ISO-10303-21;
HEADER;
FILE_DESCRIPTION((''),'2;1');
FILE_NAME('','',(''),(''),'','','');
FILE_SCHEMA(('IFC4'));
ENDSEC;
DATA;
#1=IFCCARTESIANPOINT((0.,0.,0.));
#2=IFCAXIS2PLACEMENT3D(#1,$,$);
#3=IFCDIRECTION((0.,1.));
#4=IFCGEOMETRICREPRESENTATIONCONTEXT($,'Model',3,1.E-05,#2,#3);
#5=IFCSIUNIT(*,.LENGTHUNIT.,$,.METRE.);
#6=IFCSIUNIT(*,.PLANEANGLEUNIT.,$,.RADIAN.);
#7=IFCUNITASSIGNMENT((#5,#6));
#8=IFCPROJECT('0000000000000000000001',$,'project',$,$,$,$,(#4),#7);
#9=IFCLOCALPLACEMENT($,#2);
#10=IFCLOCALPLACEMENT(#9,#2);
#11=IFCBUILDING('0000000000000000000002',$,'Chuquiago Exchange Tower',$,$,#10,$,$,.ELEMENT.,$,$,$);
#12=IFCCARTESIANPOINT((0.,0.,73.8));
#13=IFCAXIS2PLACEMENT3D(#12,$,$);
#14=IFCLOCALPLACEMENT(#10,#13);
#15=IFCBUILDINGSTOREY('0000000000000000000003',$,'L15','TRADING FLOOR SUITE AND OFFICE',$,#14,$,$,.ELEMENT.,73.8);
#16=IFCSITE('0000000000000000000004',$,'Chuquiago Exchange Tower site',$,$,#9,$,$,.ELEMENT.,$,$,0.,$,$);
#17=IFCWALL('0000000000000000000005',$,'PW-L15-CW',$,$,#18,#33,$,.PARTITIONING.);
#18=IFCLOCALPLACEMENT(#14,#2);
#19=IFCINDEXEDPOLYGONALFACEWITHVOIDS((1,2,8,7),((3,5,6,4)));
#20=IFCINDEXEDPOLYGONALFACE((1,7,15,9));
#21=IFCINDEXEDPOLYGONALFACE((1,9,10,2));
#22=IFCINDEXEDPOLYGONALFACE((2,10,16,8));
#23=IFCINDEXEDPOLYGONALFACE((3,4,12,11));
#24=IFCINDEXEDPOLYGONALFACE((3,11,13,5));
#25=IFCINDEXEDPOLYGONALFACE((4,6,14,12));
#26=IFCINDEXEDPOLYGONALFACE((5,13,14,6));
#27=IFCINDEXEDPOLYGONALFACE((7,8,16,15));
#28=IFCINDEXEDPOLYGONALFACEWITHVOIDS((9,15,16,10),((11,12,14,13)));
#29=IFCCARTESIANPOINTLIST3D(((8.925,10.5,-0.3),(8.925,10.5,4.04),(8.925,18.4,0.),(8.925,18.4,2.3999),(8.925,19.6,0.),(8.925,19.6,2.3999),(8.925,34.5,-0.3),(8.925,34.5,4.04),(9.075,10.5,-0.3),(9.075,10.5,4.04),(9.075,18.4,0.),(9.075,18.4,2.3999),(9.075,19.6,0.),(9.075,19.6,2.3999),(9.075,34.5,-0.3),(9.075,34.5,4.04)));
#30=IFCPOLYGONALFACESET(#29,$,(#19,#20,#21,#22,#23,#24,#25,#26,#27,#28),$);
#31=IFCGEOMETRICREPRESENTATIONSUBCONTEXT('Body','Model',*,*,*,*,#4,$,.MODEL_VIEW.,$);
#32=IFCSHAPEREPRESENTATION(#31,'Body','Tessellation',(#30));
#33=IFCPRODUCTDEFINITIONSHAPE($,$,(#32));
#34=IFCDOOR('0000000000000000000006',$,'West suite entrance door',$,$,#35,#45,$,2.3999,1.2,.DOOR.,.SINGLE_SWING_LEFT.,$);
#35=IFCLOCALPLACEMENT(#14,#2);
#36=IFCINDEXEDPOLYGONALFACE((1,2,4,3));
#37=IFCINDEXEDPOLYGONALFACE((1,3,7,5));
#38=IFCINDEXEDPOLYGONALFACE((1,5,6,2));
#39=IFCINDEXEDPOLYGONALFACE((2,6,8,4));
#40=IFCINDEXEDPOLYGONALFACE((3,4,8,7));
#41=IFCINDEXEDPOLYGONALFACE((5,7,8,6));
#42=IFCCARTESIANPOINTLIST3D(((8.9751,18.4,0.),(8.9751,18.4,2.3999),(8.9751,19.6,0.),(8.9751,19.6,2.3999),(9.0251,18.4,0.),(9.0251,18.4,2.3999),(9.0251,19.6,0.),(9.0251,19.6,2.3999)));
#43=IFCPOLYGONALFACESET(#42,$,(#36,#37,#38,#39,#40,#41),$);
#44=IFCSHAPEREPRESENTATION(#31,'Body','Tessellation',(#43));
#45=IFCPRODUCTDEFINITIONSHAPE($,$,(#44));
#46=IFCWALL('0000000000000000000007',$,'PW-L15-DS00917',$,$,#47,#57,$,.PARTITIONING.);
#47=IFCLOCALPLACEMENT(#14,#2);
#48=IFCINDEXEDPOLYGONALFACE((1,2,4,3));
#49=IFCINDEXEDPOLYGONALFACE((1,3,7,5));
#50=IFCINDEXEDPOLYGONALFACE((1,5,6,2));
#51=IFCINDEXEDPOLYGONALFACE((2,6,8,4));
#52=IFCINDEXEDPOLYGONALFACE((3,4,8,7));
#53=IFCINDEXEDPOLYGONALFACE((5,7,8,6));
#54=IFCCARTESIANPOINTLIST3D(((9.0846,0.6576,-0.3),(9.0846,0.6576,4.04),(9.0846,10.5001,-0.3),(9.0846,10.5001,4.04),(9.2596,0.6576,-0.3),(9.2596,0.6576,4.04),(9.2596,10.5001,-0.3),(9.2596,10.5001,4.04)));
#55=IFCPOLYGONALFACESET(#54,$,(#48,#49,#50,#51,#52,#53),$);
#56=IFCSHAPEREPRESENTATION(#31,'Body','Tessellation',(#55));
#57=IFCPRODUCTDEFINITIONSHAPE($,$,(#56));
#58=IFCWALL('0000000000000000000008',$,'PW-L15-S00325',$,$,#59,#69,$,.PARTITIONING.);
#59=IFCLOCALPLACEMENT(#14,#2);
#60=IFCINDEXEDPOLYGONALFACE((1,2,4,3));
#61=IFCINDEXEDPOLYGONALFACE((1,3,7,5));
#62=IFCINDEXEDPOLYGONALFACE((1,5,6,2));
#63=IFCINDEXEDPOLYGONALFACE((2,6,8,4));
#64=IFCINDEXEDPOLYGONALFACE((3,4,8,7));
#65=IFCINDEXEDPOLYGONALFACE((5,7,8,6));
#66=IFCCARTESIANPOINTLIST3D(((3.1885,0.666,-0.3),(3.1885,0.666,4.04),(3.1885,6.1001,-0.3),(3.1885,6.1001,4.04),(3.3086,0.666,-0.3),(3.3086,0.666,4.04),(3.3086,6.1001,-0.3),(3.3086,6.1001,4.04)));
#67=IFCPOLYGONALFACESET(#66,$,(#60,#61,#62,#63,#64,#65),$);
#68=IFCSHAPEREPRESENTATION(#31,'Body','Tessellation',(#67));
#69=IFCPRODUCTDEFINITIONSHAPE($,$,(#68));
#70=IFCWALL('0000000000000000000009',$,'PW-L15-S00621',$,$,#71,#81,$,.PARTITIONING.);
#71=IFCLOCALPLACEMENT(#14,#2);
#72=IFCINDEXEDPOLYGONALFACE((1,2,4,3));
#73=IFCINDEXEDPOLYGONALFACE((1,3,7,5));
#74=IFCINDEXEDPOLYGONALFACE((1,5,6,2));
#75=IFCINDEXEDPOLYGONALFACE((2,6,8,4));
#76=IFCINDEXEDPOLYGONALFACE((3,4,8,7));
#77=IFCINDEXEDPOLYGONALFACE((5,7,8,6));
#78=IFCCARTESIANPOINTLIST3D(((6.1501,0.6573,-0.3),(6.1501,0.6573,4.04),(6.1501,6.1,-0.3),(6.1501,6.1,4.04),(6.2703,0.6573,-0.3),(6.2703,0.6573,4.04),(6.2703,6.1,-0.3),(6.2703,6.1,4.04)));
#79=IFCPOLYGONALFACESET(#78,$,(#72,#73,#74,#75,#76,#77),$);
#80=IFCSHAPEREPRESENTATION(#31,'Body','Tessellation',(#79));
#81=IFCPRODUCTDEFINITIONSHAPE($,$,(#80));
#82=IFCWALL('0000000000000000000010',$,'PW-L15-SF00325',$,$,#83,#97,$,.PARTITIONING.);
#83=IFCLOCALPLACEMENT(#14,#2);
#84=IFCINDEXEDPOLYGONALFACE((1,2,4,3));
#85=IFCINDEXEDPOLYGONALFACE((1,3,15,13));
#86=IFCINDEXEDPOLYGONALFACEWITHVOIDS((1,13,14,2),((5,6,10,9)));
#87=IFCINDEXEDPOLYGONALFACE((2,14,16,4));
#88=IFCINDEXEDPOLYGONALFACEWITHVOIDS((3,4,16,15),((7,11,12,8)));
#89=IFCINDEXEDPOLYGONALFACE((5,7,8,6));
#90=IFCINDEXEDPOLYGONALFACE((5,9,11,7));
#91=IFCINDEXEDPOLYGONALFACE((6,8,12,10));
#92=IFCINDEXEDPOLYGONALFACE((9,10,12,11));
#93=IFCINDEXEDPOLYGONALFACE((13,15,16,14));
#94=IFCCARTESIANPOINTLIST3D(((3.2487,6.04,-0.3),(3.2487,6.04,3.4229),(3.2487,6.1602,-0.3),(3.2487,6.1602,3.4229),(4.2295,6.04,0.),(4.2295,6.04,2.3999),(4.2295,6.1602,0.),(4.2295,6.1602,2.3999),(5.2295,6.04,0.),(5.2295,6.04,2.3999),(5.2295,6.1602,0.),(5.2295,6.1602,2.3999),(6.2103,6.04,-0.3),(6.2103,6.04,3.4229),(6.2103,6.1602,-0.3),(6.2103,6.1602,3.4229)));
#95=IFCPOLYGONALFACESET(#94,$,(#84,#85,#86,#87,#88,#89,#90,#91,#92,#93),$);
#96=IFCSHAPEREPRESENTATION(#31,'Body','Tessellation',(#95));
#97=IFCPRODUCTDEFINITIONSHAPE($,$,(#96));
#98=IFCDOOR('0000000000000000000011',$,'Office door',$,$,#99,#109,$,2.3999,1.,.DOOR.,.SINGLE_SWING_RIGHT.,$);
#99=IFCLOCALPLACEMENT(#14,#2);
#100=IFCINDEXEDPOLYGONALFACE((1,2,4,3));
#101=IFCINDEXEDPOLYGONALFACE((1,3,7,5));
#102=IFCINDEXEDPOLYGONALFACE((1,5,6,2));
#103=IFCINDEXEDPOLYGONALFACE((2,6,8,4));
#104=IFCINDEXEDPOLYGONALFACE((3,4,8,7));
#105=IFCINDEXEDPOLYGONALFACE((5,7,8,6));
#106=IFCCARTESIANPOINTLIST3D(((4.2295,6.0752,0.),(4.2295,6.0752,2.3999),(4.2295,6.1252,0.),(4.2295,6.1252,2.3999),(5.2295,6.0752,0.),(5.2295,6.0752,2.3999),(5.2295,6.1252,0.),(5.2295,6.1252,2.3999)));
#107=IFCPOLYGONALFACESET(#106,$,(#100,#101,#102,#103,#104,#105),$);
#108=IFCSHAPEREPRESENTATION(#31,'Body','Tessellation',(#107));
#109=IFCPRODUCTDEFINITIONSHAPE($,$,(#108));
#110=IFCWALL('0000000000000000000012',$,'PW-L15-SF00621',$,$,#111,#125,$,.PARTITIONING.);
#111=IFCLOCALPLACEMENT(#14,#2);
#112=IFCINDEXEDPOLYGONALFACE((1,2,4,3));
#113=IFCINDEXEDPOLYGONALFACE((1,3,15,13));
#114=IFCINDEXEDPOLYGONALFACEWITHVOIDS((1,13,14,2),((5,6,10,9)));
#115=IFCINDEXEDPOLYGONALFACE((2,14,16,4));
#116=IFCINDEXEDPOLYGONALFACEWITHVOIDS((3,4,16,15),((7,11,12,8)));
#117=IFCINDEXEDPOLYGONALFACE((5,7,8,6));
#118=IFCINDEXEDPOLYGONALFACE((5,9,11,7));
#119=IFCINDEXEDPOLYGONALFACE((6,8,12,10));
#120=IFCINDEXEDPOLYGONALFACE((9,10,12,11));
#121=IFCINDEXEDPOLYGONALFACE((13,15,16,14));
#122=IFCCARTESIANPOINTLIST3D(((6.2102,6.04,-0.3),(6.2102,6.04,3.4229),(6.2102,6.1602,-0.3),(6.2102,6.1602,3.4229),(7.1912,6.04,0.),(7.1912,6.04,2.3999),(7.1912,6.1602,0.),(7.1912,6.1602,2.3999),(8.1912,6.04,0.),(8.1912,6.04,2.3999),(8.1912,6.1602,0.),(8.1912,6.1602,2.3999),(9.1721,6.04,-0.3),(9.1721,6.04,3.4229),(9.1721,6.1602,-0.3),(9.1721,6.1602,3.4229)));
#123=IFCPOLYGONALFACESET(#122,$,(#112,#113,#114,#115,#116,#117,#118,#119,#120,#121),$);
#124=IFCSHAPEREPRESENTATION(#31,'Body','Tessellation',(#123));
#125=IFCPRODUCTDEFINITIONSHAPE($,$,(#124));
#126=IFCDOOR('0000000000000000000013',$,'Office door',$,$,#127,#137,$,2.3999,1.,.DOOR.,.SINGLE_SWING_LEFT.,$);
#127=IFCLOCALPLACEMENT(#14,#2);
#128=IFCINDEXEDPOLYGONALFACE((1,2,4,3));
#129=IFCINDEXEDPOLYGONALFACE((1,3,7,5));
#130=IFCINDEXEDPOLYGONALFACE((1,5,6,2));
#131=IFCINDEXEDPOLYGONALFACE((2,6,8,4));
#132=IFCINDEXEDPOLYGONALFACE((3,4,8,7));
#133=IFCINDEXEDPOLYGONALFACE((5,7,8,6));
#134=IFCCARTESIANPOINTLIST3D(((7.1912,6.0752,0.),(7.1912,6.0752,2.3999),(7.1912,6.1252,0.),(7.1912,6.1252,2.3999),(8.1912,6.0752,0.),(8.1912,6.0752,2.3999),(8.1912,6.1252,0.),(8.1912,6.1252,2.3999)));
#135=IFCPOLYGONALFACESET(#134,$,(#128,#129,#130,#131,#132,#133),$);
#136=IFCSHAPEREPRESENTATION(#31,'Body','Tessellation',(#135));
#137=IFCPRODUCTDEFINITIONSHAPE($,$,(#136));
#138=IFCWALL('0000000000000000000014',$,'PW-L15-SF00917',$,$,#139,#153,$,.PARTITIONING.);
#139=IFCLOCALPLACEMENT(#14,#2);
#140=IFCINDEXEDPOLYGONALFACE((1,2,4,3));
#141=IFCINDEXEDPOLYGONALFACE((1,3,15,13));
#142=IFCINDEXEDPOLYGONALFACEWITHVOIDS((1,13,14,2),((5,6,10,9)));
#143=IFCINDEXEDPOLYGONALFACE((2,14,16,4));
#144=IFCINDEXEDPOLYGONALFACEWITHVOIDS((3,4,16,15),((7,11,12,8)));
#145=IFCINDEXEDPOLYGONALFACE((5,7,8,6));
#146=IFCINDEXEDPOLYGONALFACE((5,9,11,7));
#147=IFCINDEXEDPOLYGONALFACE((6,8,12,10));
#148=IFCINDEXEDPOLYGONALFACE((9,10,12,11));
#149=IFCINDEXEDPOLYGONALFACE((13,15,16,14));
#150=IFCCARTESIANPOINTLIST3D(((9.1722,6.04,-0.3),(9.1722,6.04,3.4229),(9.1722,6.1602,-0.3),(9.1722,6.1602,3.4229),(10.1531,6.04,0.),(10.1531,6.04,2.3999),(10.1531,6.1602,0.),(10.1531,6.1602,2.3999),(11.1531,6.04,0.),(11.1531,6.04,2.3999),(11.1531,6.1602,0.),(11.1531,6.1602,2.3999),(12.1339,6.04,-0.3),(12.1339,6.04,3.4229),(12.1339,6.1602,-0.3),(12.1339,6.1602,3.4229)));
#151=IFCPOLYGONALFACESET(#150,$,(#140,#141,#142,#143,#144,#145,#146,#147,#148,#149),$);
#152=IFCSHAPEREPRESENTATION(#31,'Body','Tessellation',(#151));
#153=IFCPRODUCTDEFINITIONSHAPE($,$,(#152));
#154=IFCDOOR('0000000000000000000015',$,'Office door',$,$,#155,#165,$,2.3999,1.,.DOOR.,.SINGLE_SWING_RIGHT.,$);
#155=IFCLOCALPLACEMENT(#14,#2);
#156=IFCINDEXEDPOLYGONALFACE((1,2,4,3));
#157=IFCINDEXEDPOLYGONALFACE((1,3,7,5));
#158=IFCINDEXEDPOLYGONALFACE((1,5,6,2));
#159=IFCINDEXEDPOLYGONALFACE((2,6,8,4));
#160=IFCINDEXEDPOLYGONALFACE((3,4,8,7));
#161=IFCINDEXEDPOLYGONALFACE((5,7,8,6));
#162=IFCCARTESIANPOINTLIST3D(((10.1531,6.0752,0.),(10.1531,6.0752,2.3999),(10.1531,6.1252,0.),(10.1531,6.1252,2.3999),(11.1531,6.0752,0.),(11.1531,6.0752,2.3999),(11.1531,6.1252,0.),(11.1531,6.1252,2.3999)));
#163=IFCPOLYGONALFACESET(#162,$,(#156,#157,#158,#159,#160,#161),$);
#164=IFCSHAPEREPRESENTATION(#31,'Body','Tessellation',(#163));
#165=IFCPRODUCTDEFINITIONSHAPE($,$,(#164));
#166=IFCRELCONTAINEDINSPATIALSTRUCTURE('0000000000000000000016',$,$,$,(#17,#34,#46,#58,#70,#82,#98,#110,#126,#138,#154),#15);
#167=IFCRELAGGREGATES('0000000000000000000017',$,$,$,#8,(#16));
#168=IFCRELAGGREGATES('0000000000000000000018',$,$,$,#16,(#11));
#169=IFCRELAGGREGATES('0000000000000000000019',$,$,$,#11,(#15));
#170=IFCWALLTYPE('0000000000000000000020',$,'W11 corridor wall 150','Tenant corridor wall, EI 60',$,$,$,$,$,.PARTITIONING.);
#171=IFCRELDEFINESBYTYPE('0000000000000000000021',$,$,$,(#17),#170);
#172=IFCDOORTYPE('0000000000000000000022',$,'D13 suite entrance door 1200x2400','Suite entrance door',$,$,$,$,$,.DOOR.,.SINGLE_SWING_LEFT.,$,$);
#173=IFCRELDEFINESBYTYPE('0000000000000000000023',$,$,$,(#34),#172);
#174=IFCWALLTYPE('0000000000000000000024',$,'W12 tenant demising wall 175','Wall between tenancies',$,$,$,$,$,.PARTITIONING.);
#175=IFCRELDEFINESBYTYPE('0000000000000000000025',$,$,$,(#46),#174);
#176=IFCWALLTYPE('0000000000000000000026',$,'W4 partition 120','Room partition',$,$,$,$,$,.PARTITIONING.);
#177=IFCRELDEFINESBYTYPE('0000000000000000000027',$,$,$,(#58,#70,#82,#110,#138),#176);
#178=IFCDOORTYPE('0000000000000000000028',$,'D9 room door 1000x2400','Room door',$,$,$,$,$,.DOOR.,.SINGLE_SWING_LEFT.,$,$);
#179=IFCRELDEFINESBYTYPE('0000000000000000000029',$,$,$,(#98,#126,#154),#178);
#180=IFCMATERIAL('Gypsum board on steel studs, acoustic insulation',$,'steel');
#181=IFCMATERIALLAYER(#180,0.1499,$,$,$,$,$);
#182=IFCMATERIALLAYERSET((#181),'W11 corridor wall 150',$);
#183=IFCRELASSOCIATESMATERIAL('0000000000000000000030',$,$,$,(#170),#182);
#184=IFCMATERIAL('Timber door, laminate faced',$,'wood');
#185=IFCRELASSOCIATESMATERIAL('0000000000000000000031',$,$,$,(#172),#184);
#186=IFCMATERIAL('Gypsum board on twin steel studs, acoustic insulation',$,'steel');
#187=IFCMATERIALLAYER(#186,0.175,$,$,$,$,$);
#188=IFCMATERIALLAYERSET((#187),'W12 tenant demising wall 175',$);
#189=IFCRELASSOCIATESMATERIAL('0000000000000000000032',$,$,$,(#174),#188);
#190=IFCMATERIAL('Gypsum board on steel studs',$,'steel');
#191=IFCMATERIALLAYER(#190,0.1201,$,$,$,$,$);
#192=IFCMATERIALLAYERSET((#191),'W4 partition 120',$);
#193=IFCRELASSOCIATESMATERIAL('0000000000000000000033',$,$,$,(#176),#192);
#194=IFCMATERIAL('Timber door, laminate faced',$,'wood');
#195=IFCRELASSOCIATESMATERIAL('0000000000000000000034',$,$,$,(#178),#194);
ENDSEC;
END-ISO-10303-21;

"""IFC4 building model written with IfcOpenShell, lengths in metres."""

from ifc_helpers import new_model, si_unit, direction, frame, frame_2d, origin, place, context, subcontext, project, spatial, rectangle, extrude, material, layer, layer_set, type_object, element, fill, save


model = new_model("IFC4")

# Units and contexts
model_context = context("Model", 3, precision=1e-05, world=origin(), true_north=direction((0.0, 1.0)))
body_context = subcontext(model_context, "Body", "Model", "MODEL_VIEW")
ifc_project = project(units=[si_unit("LENGTHUNIT", "METRE"), si_unit("PLANEANGLEUNIT", "RADIAN")], contexts=[model_context])

# Site, building, storey
site_placement = place(None, origin())
site = spatial("IfcSite", under=ifc_project, at=site_placement, Name="Chuquiago Exchange Tower site", CompositionType="ELEMENT", RefElevation=0.0)
building_placement = place(site_placement, origin())
building = spatial("IfcBuilding", under=site, at=building_placement, Name="Chuquiago Exchange Tower", CompositionType="ELEMENT")
storey_placement = place(building_placement, frame((0.0, 0.0, 73.8)))
storey = spatial("IfcBuildingStorey", under=building, at=storey_placement, Name="L15", Description="TRADING FLOOR SUITE AND OFFICE", CompositionType="ELEMENT", Elevation=73.8)

# Wall, opening, door
ifc_material_1 = material(Name="Gypsum board on steel studs, acoustic insulation", Category="steel")
ifc_layer_1 = layer(ifc_material_1, 0.1499)
ifc_layer_set_1 = layer_set([ifc_layer_1], Name="W11 corridor wall 150")
wall_type_1 = type_object("IfcWallType", Name="W11 corridor wall 150", Description="Tenant corridor wall, EI 60", PredefinedType="PARTITIONING", material=ifc_layer_set_1)
ifc_material_2 = material(Name="Timber door, laminate faced", Category="wood")
door_type_1 = type_object("IfcDoorType", Name="D13 suite entrance door 1200x2400", Description="Suite entrance door", OperationType="SINGLE_SWING_LEFT", PredefinedType="DOOR", material=ifc_material_2)
wall_1_placement = place(storey_placement, frame((9.0, 10.5, -0.3), z_axis=(0.0, 0.0, 1.0), x_axis=(0.0, 1.0, 0.0)))
wall_1 = element("IfcWall", 1, at=wall_1_placement, inside=storey, type_object=wall_type_1, Name="PW-L15-CW", PredefinedType="PARTITIONING", context=body_context, shape_type="SweptSolid", body=[
    extrude(rectangle(XDim=24.0, YDim=0.1499, at=frame_2d((12.0, 0.0))), origin(), (0.0, 0.0, 1.0), 4.3401),
])
opening_1_placement = place(wall_1_placement, frame((7.8999, 0.0, 0.3)))
opening_1 = element("IfcOpeningElement", 2, at=opening_1_placement, cuts=wall_1, PredefinedType="OPENING", context=body_context, shape_type="SweptSolid", body=[
    extrude(rectangle(XDim=1.2, YDim=2.3999, at=frame_2d((0.6001, 1.2))), frame((0.0, 0.085, 0.0), z_axis=(0.0, -1.0, 0.0), x_axis=(1.0, 0.0, 0.0)), (0.0, 0.0, 1.0), 0.1699),
])
door_1_placement = place(opening_1_placement, origin())
door_1 = element("IfcDoor", 3, at=door_1_placement, inside=storey, type_object=door_type_1, Name="West suite entrance door", OperationType="SINGLE_SWING_LEFT", OverallHeight=2.3999, OverallWidth=1.2, PredefinedType="DOOR", context=body_context, shape_type="SweptSolid", body=[
    extrude(rectangle(XDim=1.2, YDim=2.3999, at=frame_2d((0.6001, 1.2))), frame((0.0, 0.0249, 0.0), z_axis=(0.0, -1.0, 0.0), x_axis=(1.0, 0.0, 0.0)), (0.0, 0.0, 1.0), 0.05),
])
fill(opening_1, door_1)

# Walls
ifc_material_3 = material(Name="Gypsum board on twin steel studs, acoustic insulation", Category="steel")
ifc_layer_2 = layer(ifc_material_3, 0.175)
ifc_layer_set_2 = layer_set([ifc_layer_2], Name="W12 tenant demising wall 175")
wall_type_2 = type_object("IfcWallType", Name="W12 tenant demising wall 175", Description="Wall between tenancies", PredefinedType="PARTITIONING", material=ifc_layer_set_2)
wall_2_placement = place(storey_placement, frame((9.1721, 0.6575, -0.3), z_axis=(0.0, 0.0, 1.0), x_axis=(0.0, 1.0, 0.0)))
element("IfcWall", 4, at=wall_2_placement, inside=storey, type_object=wall_type_2, Name="PW-L15-DS00917", PredefinedType="PARTITIONING", context=body_context, shape_type="SweptSolid", body=[
    extrude(rectangle(XDim=9.8425, YDim=0.175, at=frame_2d((4.9214, 0.0))), origin(), (0.0, 0.0, 1.0), 4.3401),
])
ifc_material_4 = material(Name="Gypsum board on steel studs", Category="steel")
ifc_layer_3 = layer(ifc_material_4, 0.1201)
ifc_layer_set_3 = layer_set([ifc_layer_3], Name="W4 partition 120")
wall_type_3 = type_object("IfcWallType", Name="W4 partition 120", Description="Room partition", PredefinedType="PARTITIONING", material=ifc_layer_set_3)
wall_3_placement = place(storey_placement, frame((3.2485, 0.666, -0.3), z_axis=(0.0, 0.0, 1.0), x_axis=(0.0, 1.0, 0.0)))
element("IfcWall", 5, at=wall_3_placement, inside=storey, type_object=wall_type_3, Name="PW-L15-S00325", PredefinedType="PARTITIONING", context=body_context, shape_type="SweptSolid", body=[
    extrude(rectangle(XDim=5.4341, YDim=0.1201, at=frame_2d((2.717, 0.0))), origin(), (0.0, 0.0, 1.0), 4.3401),
])
wall_4_placement = place(storey_placement, frame((6.2102, 0.6575, -0.3), z_axis=(0.0, 0.0, 1.0), x_axis=(0.0, 1.0, 0.0)))
element("IfcWall", 6, at=wall_4_placement, inside=storey, type_object=wall_type_3, Name="PW-L15-S00621", PredefinedType="PARTITIONING", context=body_context, shape_type="SweptSolid", body=[
    extrude(rectangle(XDim=5.4426, YDim=0.1201, at=frame_2d((2.7212, 0.0))), origin(), (0.0, 0.0, 1.0), 4.3401),
])

# Walls, openings, doors
wall_5_placement = place(storey_placement, frame((3.2485, 6.1001, -0.3), z_axis=(0.0, 0.0, 1.0), x_axis=(1.0, 0.0, 0.0)))
wall_5 = element("IfcWall", 7, at=wall_5_placement, inside=storey, type_object=wall_type_3, Name="PW-L15-SF00325", PredefinedType="PARTITIONING", context=body_context, shape_type="SweptSolid", body=[
    extrude(rectangle(XDim=2.9617, YDim=0.1201, at=frame_2d((1.481, 0.0))), origin(), (0.0, 0.0, 1.0), 3.7229),
])
opening_2_placement = place(wall_5_placement, frame((0.981, 0.0, 0.3)))
opening_2 = element("IfcOpeningElement", 8, at=opening_2_placement, cuts=wall_5, PredefinedType="OPENING", context=body_context, shape_type="SweptSolid", body=[
    extrude(rectangle(XDim=1.0, YDim=2.3999, at=frame_2d((0.5, 1.2))), frame((0.0, 0.0701, 0.0), z_axis=(0.0, -1.0, 0.0), x_axis=(1.0, 0.0, 0.0)), (0.0, 0.0, 1.0), 0.1401),
])
ifc_material_5 = material(Name="Timber door, laminate faced", Category="wood")
door_type_2 = type_object("IfcDoorType", Name="D9 room door 1000x2400", Description="Room door", OperationType="SINGLE_SWING_LEFT", PredefinedType="DOOR", material=ifc_material_5)
door_2_placement = place(opening_2_placement, frame((1.0, 0.0, 0.0), z_axis=(0.0, 0.0, 1.0), x_axis=(-1.0, 0.0, 0.0)))
door_2 = element("IfcDoor", 9, at=door_2_placement, inside=storey, type_object=door_type_2, Name="Office door", OperationType="SINGLE_SWING_RIGHT", OverallHeight=2.3999, OverallWidth=1.0, PredefinedType="DOOR", context=body_context, shape_type="SweptSolid", body=[
    extrude(rectangle(XDim=1.0, YDim=2.3999, at=frame_2d((0.5, 1.2))), frame((0.0, 0.0249, 0.0), z_axis=(0.0, -1.0, 0.0), x_axis=(1.0, 0.0, 0.0)), (0.0, 0.0, 1.0), 0.05),
])
fill(opening_2, door_2)
wall_6_placement = place(storey_placement, frame((6.2102, 6.1001, -0.3), z_axis=(0.0, 0.0, 1.0), x_axis=(1.0, 0.0, 0.0)))
wall_6 = element("IfcWall", 10, at=wall_6_placement, inside=storey, type_object=wall_type_3, Name="PW-L15-SF00621", PredefinedType="PARTITIONING", context=body_context, shape_type="SweptSolid", body=[
    extrude(rectangle(XDim=2.9619, YDim=0.1201, at=frame_2d((1.481, 0.0))), origin(), (0.0, 0.0, 1.0), 3.7229),
])
opening_3_placement = place(wall_6_placement, frame((0.981, 0.0, 0.3)))
opening_3 = element("IfcOpeningElement", 11, at=opening_3_placement, cuts=wall_6, PredefinedType="OPENING", context=body_context, shape_type="SweptSolid", body=[
    extrude(rectangle(XDim=1.0, YDim=2.3999, at=frame_2d((0.5, 1.2))), frame((0.0, 0.0701, 0.0), z_axis=(0.0, -1.0, 0.0), x_axis=(1.0, 0.0, 0.0)), (0.0, 0.0, 1.0), 0.1401),
])
door_3_placement = place(opening_3_placement, frame((1.0, 0.0, 0.0), z_axis=(0.0, 0.0, 1.0), x_axis=(-1.0, 0.0, 0.0)))
door_3 = element("IfcDoor", 12, at=door_3_placement, inside=storey, type_object=door_type_2, Name="Office door", OperationType="SINGLE_SWING_LEFT", OverallHeight=2.3999, OverallWidth=1.0, PredefinedType="DOOR", context=body_context, shape_type="SweptSolid", body=[
    extrude(rectangle(XDim=1.0, YDim=2.3999, at=frame_2d((0.5, 1.2))), frame((0.0, 0.0249, 0.0), z_axis=(0.0, -1.0, 0.0), x_axis=(1.0, 0.0, 0.0)), (0.0, 0.0, 1.0), 0.05),
])
fill(opening_3, door_3)
wall_7_placement = place(storey_placement, frame((9.1721, 6.1001, -0.3), z_axis=(0.0, 0.0, 1.0), x_axis=(1.0, 0.0, 0.0)))
wall_7 = element("IfcWall", 13, at=wall_7_placement, inside=storey, type_object=wall_type_3, Name="PW-L15-SF00917", PredefinedType="PARTITIONING", context=body_context, shape_type="SweptSolid", body=[
    extrude(rectangle(XDim=2.9617, YDim=0.1201, at=frame_2d((1.481, 0.0))), origin(), (0.0, 0.0, 1.0), 3.7229),
])
opening_4_placement = place(wall_7_placement, frame((0.981, 0.0, 0.3)))
opening_4 = element("IfcOpeningElement", 14, at=opening_4_placement, cuts=wall_7, PredefinedType="OPENING", context=body_context, shape_type="SweptSolid", body=[
    extrude(rectangle(XDim=1.0, YDim=2.3999, at=frame_2d((0.5, 1.2))), frame((0.0, 0.0701, 0.0), z_axis=(0.0, -1.0, 0.0), x_axis=(1.0, 0.0, 0.0)), (0.0, 0.0, 1.0), 0.1401),
])
door_4_placement = place(opening_4_placement, frame((1.0, 0.0, 0.0), z_axis=(0.0, 0.0, 1.0), x_axis=(-1.0, 0.0, 0.0)))
door_4 = element("IfcDoor", 15, at=door_4_placement, inside=storey, type_object=door_type_2, Name="Office door", OperationType="SINGLE_SWING_RIGHT", OverallHeight=2.3999, OverallWidth=1.0, PredefinedType="DOOR", context=body_context, shape_type="SweptSolid", body=[
    extrude(rectangle(XDim=1.0, YDim=2.3999, at=frame_2d((0.5, 1.2))), frame((0.0, 0.0249, 0.0), z_axis=(0.0, -1.0, 0.0), x_axis=(1.0, 0.0, 0.0)), (0.0, 0.0, 1.0), 0.05),
])
fill(opening_4, door_4)

save(model, "model.ifc")
